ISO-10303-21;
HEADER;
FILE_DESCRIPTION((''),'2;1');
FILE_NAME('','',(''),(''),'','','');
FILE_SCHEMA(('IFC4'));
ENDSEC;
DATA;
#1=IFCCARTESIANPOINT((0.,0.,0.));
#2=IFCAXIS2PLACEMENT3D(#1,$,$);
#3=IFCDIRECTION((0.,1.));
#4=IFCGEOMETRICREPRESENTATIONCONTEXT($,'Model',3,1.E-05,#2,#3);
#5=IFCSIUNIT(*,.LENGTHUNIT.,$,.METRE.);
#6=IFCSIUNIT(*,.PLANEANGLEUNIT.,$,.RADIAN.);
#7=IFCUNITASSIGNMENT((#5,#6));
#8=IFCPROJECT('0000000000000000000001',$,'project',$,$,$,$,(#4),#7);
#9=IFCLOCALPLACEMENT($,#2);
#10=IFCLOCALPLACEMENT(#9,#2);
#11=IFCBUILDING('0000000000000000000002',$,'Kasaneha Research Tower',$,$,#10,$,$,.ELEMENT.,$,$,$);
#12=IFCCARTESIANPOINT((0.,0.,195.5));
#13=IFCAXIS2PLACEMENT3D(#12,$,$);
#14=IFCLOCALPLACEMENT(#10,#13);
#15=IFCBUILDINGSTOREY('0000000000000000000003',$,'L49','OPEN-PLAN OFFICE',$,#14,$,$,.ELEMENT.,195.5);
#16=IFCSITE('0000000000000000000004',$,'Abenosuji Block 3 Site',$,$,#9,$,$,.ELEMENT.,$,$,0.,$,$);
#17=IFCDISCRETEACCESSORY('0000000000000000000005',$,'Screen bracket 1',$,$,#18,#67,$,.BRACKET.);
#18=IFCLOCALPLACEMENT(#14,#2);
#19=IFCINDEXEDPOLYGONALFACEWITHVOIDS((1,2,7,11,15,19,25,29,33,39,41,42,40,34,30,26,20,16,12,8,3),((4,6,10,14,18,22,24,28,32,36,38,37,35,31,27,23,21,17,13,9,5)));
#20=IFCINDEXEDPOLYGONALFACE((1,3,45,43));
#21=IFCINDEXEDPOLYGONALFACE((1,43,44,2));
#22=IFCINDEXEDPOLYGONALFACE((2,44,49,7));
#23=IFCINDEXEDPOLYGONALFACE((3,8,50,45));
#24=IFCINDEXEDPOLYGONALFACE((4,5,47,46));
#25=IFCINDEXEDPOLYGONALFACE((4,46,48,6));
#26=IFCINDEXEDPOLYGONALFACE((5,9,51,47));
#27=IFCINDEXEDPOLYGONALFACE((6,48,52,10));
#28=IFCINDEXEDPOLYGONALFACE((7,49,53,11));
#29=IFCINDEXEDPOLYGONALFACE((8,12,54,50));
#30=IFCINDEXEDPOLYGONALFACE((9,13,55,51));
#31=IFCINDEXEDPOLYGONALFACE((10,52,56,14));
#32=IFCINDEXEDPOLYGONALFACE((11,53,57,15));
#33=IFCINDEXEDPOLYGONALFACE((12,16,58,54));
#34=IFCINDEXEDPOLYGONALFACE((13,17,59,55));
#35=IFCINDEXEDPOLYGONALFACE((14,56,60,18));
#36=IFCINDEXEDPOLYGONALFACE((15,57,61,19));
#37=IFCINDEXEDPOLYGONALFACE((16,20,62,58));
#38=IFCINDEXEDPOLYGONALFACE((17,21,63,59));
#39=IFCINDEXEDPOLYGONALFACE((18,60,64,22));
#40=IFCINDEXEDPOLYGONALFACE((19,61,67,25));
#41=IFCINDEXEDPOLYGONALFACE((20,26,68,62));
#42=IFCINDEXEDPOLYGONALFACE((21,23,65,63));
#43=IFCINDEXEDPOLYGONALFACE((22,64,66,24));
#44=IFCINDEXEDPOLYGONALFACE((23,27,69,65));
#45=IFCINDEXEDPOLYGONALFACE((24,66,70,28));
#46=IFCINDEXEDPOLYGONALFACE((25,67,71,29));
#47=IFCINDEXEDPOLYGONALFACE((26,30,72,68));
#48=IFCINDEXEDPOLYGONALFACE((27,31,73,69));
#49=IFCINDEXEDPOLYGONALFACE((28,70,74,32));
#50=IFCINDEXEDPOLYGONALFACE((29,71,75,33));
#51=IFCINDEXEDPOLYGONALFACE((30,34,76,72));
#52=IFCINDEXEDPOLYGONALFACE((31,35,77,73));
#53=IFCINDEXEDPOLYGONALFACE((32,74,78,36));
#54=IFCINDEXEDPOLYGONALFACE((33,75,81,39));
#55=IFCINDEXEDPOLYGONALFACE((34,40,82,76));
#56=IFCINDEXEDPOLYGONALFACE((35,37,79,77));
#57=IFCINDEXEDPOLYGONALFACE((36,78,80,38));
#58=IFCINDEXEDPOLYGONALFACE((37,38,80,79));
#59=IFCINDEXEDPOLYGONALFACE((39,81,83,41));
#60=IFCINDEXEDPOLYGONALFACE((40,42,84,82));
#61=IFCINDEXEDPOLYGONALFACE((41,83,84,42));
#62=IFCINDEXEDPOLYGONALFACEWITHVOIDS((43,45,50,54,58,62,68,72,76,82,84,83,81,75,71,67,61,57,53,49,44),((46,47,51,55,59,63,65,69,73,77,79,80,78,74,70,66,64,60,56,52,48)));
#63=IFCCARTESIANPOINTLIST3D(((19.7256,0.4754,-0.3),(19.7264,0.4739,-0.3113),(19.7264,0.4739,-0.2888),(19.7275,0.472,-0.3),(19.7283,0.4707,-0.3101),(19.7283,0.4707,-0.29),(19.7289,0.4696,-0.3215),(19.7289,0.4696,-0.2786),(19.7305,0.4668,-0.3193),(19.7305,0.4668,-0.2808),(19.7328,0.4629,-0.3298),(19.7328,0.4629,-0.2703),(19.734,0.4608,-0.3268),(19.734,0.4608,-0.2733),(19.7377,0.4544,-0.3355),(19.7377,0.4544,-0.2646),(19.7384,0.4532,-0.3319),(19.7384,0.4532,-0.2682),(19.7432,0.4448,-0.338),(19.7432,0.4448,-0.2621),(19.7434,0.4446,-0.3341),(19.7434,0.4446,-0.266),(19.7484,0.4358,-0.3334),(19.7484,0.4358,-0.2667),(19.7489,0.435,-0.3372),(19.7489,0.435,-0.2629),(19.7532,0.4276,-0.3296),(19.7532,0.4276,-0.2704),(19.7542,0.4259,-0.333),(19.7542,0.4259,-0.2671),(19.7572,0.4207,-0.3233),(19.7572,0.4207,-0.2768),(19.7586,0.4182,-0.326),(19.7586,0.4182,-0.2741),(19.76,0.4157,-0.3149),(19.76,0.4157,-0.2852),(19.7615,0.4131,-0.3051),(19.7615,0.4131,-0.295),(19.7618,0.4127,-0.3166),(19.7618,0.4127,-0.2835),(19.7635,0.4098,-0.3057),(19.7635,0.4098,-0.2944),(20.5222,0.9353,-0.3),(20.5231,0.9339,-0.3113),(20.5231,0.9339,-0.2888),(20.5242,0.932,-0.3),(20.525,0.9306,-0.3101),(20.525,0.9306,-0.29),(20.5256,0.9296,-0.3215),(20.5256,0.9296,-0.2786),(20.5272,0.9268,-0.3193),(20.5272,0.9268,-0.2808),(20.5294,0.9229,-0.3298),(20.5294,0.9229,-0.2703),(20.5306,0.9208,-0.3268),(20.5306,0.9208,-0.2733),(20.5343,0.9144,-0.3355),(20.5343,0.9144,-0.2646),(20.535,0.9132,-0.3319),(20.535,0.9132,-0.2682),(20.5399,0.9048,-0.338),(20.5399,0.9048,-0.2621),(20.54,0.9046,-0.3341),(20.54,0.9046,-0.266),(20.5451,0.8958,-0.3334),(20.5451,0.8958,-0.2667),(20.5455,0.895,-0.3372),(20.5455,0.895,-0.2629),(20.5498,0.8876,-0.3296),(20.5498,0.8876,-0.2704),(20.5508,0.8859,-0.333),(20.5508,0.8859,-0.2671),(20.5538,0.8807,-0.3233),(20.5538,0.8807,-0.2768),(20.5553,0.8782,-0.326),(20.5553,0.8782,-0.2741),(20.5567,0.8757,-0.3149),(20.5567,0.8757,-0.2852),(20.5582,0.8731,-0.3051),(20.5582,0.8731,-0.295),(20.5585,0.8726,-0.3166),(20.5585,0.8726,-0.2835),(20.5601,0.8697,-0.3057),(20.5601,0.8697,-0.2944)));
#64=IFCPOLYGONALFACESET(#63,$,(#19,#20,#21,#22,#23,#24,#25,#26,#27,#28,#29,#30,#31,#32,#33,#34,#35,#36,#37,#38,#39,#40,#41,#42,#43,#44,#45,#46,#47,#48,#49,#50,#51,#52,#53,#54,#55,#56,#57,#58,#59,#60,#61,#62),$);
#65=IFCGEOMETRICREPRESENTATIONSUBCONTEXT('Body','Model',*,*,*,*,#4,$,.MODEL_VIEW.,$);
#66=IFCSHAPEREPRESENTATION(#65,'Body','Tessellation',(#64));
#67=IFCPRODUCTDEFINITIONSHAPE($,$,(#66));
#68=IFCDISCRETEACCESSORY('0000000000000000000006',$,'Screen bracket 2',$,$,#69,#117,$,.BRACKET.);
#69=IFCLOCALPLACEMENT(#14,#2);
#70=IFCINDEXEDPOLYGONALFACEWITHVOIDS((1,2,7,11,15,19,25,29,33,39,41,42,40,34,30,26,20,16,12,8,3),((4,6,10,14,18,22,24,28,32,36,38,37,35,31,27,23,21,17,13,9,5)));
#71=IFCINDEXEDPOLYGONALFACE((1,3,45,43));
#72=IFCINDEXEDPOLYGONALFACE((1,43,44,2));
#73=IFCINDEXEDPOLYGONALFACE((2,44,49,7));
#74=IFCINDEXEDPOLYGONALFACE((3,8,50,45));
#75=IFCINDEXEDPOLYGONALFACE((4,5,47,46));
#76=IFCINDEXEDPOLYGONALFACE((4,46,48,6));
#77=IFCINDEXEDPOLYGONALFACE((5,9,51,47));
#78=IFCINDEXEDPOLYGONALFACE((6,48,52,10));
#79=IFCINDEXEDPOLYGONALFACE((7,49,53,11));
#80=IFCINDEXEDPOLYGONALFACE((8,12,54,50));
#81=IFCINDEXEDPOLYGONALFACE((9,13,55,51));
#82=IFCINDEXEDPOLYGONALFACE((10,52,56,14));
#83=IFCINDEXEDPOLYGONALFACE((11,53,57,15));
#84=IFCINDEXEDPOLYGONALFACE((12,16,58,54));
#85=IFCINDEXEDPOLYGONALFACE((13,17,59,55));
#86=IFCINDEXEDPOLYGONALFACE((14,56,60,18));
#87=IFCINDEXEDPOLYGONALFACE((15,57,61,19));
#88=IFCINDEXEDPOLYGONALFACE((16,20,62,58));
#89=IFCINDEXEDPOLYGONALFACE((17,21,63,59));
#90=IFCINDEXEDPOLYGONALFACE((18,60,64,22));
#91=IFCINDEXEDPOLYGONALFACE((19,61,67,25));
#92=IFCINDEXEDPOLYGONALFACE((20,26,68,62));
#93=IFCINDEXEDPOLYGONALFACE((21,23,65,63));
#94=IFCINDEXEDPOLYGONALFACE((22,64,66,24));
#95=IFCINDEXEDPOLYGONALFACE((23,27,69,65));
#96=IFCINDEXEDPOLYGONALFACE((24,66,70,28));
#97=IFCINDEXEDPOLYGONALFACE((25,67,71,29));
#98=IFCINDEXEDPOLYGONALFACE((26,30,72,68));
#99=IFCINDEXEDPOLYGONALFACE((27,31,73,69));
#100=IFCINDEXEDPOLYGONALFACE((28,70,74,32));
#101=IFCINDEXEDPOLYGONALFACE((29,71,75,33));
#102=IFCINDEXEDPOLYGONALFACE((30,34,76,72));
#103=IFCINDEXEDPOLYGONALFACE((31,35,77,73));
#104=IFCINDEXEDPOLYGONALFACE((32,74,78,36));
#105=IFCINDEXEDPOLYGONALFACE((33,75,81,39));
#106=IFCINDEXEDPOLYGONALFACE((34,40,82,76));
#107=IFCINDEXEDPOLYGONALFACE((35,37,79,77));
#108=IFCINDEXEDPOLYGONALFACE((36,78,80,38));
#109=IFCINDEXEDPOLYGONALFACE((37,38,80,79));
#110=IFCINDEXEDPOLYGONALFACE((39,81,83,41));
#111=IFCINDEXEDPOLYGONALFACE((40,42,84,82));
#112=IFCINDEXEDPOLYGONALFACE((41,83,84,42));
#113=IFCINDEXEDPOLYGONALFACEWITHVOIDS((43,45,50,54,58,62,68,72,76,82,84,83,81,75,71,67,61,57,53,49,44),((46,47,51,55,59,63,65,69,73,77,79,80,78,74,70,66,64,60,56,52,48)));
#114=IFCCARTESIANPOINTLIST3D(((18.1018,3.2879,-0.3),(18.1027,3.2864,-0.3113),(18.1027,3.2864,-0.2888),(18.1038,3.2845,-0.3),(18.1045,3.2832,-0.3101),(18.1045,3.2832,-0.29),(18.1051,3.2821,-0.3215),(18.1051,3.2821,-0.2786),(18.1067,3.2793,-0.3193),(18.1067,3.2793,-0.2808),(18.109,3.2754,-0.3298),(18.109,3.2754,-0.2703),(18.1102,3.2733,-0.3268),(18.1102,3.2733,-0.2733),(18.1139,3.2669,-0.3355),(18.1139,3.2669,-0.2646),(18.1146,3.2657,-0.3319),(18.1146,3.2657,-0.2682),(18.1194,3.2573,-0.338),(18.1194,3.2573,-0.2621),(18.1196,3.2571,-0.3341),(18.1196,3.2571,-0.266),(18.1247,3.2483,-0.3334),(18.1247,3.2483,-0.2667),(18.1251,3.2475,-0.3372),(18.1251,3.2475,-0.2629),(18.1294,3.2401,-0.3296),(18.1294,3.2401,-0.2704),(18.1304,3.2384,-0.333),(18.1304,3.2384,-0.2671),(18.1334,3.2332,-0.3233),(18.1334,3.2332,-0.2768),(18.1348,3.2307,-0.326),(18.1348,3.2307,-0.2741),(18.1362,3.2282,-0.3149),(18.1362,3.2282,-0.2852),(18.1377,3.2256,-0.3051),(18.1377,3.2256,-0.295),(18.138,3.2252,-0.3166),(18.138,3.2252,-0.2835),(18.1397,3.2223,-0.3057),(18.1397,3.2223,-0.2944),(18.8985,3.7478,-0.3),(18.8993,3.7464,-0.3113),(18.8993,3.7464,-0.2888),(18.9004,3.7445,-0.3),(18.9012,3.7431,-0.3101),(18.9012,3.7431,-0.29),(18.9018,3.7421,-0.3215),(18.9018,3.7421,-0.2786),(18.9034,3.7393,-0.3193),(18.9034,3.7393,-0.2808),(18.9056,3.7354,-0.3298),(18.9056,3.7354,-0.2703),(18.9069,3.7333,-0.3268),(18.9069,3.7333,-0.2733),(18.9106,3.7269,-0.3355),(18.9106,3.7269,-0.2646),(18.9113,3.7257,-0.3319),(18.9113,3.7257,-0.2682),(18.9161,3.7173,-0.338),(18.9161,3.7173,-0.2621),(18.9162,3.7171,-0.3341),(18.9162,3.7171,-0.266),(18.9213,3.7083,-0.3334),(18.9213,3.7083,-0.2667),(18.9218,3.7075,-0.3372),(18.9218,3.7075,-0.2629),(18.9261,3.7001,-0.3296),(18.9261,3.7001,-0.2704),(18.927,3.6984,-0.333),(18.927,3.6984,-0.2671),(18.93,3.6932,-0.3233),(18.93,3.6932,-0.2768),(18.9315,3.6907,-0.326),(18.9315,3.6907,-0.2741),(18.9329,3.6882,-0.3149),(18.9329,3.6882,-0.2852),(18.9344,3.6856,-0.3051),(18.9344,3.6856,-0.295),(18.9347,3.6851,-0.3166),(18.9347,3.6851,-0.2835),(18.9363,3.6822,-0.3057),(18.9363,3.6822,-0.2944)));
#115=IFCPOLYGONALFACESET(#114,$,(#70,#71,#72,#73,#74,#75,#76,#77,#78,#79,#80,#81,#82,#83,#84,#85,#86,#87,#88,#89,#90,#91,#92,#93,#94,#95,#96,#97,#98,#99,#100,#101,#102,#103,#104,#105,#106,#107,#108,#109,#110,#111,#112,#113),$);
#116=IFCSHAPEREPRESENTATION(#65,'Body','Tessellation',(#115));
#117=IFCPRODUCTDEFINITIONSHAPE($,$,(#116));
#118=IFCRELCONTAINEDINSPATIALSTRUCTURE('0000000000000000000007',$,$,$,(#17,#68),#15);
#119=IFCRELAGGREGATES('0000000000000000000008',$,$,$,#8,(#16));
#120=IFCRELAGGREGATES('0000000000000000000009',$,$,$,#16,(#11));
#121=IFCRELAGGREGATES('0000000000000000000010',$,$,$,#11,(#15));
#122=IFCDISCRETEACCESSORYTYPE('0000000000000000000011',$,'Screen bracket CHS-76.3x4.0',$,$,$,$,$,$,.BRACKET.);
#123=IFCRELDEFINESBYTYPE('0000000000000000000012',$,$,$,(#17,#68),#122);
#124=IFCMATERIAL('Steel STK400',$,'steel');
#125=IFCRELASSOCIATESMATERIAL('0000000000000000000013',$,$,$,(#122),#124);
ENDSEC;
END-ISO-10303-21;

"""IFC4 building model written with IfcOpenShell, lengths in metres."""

from ifc_helpers import new_model, si_unit, direction, frame, origin, origin_2d, place, context, subcontext, project, spatial, hollow_circle, extrude, material, material_profile, profile_set, type_object, element, save


model = new_model("IFC4")

# Units and contexts
model_context = context("Model", 3, precision=1e-05, world=origin(), true_north=direction((0.0, 1.0)))
body_context = subcontext(model_context, "Body", "Model", "MODEL_VIEW")
ifc_project = project(units=[si_unit("LENGTHUNIT", "METRE"), si_unit("PLANEANGLEUNIT", "RADIAN")], contexts=[model_context])

# Site, building, storey
site_placement = place(None, origin())
site = spatial("IfcSite", under=ifc_project, at=site_placement, Name="Abenosuji Block 3 Site", CompositionType="ELEMENT", RefElevation=0.0)
building_placement = place(site_placement, origin())
building = spatial("IfcBuilding", under=site, at=building_placement, Name="Kasaneha Research Tower", CompositionType="ELEMENT")
storey_placement = place(building_placement, frame((0.0, 0.0, 195.5)))
storey = spatial("IfcBuildingStorey", under=building, at=storey_placement, Name="L49", Description="OPEN-PLAN OFFICE", CompositionType="ELEMENT", Elevation=195.5)

# Discrete accessories
ifc_material_1 = material(Name="Steel STK400", Category="steel")
ifc_material_profile_1 = material_profile(ifc_material_1, hollow_circle(Radius=0.0381, WallThickness=0.0039, at=origin_2d()), Name="CHS-76.3x4.0")
ifc_profile_set_1 = profile_set([ifc_material_profile_1], Name="Steel STK400")
discrete_accessory_type = type_object("IfcDiscreteAccessoryType", Name="Screen bracket CHS-76.3x4.0", PredefinedType="BRACKET", material=ifc_profile_set_1)
for number, where, z_axis, x_axis, name in (
    (1, (19.7446, 0.4424, -0.3), (0.866013, 0.500021, 0.0), (-0.500021, 0.866013, 0.0), "Screen bracket 1"),
    (2, (18.1208, 3.2549, -0.3), (0.866013, 0.500021, 0.0), (-0.500021, 0.866013, 0.0), "Screen bracket 2"),
):
    element("IfcDiscreteAccessory", number, at=place(storey_placement, frame(where, z_axis=z_axis, x_axis=x_axis)), inside=storey, type_object=discrete_accessory_type, Name=name, PredefinedType="BRACKET", context=body_context, shape_type="SweptSolid", body=[
        extrude(hollow_circle(Radius=0.0381, WallThickness=0.0039, at=origin_2d()), origin(), (0.0, 0.0, 1.0), 0.9199),
    ])

save(model, "model.ifc")
